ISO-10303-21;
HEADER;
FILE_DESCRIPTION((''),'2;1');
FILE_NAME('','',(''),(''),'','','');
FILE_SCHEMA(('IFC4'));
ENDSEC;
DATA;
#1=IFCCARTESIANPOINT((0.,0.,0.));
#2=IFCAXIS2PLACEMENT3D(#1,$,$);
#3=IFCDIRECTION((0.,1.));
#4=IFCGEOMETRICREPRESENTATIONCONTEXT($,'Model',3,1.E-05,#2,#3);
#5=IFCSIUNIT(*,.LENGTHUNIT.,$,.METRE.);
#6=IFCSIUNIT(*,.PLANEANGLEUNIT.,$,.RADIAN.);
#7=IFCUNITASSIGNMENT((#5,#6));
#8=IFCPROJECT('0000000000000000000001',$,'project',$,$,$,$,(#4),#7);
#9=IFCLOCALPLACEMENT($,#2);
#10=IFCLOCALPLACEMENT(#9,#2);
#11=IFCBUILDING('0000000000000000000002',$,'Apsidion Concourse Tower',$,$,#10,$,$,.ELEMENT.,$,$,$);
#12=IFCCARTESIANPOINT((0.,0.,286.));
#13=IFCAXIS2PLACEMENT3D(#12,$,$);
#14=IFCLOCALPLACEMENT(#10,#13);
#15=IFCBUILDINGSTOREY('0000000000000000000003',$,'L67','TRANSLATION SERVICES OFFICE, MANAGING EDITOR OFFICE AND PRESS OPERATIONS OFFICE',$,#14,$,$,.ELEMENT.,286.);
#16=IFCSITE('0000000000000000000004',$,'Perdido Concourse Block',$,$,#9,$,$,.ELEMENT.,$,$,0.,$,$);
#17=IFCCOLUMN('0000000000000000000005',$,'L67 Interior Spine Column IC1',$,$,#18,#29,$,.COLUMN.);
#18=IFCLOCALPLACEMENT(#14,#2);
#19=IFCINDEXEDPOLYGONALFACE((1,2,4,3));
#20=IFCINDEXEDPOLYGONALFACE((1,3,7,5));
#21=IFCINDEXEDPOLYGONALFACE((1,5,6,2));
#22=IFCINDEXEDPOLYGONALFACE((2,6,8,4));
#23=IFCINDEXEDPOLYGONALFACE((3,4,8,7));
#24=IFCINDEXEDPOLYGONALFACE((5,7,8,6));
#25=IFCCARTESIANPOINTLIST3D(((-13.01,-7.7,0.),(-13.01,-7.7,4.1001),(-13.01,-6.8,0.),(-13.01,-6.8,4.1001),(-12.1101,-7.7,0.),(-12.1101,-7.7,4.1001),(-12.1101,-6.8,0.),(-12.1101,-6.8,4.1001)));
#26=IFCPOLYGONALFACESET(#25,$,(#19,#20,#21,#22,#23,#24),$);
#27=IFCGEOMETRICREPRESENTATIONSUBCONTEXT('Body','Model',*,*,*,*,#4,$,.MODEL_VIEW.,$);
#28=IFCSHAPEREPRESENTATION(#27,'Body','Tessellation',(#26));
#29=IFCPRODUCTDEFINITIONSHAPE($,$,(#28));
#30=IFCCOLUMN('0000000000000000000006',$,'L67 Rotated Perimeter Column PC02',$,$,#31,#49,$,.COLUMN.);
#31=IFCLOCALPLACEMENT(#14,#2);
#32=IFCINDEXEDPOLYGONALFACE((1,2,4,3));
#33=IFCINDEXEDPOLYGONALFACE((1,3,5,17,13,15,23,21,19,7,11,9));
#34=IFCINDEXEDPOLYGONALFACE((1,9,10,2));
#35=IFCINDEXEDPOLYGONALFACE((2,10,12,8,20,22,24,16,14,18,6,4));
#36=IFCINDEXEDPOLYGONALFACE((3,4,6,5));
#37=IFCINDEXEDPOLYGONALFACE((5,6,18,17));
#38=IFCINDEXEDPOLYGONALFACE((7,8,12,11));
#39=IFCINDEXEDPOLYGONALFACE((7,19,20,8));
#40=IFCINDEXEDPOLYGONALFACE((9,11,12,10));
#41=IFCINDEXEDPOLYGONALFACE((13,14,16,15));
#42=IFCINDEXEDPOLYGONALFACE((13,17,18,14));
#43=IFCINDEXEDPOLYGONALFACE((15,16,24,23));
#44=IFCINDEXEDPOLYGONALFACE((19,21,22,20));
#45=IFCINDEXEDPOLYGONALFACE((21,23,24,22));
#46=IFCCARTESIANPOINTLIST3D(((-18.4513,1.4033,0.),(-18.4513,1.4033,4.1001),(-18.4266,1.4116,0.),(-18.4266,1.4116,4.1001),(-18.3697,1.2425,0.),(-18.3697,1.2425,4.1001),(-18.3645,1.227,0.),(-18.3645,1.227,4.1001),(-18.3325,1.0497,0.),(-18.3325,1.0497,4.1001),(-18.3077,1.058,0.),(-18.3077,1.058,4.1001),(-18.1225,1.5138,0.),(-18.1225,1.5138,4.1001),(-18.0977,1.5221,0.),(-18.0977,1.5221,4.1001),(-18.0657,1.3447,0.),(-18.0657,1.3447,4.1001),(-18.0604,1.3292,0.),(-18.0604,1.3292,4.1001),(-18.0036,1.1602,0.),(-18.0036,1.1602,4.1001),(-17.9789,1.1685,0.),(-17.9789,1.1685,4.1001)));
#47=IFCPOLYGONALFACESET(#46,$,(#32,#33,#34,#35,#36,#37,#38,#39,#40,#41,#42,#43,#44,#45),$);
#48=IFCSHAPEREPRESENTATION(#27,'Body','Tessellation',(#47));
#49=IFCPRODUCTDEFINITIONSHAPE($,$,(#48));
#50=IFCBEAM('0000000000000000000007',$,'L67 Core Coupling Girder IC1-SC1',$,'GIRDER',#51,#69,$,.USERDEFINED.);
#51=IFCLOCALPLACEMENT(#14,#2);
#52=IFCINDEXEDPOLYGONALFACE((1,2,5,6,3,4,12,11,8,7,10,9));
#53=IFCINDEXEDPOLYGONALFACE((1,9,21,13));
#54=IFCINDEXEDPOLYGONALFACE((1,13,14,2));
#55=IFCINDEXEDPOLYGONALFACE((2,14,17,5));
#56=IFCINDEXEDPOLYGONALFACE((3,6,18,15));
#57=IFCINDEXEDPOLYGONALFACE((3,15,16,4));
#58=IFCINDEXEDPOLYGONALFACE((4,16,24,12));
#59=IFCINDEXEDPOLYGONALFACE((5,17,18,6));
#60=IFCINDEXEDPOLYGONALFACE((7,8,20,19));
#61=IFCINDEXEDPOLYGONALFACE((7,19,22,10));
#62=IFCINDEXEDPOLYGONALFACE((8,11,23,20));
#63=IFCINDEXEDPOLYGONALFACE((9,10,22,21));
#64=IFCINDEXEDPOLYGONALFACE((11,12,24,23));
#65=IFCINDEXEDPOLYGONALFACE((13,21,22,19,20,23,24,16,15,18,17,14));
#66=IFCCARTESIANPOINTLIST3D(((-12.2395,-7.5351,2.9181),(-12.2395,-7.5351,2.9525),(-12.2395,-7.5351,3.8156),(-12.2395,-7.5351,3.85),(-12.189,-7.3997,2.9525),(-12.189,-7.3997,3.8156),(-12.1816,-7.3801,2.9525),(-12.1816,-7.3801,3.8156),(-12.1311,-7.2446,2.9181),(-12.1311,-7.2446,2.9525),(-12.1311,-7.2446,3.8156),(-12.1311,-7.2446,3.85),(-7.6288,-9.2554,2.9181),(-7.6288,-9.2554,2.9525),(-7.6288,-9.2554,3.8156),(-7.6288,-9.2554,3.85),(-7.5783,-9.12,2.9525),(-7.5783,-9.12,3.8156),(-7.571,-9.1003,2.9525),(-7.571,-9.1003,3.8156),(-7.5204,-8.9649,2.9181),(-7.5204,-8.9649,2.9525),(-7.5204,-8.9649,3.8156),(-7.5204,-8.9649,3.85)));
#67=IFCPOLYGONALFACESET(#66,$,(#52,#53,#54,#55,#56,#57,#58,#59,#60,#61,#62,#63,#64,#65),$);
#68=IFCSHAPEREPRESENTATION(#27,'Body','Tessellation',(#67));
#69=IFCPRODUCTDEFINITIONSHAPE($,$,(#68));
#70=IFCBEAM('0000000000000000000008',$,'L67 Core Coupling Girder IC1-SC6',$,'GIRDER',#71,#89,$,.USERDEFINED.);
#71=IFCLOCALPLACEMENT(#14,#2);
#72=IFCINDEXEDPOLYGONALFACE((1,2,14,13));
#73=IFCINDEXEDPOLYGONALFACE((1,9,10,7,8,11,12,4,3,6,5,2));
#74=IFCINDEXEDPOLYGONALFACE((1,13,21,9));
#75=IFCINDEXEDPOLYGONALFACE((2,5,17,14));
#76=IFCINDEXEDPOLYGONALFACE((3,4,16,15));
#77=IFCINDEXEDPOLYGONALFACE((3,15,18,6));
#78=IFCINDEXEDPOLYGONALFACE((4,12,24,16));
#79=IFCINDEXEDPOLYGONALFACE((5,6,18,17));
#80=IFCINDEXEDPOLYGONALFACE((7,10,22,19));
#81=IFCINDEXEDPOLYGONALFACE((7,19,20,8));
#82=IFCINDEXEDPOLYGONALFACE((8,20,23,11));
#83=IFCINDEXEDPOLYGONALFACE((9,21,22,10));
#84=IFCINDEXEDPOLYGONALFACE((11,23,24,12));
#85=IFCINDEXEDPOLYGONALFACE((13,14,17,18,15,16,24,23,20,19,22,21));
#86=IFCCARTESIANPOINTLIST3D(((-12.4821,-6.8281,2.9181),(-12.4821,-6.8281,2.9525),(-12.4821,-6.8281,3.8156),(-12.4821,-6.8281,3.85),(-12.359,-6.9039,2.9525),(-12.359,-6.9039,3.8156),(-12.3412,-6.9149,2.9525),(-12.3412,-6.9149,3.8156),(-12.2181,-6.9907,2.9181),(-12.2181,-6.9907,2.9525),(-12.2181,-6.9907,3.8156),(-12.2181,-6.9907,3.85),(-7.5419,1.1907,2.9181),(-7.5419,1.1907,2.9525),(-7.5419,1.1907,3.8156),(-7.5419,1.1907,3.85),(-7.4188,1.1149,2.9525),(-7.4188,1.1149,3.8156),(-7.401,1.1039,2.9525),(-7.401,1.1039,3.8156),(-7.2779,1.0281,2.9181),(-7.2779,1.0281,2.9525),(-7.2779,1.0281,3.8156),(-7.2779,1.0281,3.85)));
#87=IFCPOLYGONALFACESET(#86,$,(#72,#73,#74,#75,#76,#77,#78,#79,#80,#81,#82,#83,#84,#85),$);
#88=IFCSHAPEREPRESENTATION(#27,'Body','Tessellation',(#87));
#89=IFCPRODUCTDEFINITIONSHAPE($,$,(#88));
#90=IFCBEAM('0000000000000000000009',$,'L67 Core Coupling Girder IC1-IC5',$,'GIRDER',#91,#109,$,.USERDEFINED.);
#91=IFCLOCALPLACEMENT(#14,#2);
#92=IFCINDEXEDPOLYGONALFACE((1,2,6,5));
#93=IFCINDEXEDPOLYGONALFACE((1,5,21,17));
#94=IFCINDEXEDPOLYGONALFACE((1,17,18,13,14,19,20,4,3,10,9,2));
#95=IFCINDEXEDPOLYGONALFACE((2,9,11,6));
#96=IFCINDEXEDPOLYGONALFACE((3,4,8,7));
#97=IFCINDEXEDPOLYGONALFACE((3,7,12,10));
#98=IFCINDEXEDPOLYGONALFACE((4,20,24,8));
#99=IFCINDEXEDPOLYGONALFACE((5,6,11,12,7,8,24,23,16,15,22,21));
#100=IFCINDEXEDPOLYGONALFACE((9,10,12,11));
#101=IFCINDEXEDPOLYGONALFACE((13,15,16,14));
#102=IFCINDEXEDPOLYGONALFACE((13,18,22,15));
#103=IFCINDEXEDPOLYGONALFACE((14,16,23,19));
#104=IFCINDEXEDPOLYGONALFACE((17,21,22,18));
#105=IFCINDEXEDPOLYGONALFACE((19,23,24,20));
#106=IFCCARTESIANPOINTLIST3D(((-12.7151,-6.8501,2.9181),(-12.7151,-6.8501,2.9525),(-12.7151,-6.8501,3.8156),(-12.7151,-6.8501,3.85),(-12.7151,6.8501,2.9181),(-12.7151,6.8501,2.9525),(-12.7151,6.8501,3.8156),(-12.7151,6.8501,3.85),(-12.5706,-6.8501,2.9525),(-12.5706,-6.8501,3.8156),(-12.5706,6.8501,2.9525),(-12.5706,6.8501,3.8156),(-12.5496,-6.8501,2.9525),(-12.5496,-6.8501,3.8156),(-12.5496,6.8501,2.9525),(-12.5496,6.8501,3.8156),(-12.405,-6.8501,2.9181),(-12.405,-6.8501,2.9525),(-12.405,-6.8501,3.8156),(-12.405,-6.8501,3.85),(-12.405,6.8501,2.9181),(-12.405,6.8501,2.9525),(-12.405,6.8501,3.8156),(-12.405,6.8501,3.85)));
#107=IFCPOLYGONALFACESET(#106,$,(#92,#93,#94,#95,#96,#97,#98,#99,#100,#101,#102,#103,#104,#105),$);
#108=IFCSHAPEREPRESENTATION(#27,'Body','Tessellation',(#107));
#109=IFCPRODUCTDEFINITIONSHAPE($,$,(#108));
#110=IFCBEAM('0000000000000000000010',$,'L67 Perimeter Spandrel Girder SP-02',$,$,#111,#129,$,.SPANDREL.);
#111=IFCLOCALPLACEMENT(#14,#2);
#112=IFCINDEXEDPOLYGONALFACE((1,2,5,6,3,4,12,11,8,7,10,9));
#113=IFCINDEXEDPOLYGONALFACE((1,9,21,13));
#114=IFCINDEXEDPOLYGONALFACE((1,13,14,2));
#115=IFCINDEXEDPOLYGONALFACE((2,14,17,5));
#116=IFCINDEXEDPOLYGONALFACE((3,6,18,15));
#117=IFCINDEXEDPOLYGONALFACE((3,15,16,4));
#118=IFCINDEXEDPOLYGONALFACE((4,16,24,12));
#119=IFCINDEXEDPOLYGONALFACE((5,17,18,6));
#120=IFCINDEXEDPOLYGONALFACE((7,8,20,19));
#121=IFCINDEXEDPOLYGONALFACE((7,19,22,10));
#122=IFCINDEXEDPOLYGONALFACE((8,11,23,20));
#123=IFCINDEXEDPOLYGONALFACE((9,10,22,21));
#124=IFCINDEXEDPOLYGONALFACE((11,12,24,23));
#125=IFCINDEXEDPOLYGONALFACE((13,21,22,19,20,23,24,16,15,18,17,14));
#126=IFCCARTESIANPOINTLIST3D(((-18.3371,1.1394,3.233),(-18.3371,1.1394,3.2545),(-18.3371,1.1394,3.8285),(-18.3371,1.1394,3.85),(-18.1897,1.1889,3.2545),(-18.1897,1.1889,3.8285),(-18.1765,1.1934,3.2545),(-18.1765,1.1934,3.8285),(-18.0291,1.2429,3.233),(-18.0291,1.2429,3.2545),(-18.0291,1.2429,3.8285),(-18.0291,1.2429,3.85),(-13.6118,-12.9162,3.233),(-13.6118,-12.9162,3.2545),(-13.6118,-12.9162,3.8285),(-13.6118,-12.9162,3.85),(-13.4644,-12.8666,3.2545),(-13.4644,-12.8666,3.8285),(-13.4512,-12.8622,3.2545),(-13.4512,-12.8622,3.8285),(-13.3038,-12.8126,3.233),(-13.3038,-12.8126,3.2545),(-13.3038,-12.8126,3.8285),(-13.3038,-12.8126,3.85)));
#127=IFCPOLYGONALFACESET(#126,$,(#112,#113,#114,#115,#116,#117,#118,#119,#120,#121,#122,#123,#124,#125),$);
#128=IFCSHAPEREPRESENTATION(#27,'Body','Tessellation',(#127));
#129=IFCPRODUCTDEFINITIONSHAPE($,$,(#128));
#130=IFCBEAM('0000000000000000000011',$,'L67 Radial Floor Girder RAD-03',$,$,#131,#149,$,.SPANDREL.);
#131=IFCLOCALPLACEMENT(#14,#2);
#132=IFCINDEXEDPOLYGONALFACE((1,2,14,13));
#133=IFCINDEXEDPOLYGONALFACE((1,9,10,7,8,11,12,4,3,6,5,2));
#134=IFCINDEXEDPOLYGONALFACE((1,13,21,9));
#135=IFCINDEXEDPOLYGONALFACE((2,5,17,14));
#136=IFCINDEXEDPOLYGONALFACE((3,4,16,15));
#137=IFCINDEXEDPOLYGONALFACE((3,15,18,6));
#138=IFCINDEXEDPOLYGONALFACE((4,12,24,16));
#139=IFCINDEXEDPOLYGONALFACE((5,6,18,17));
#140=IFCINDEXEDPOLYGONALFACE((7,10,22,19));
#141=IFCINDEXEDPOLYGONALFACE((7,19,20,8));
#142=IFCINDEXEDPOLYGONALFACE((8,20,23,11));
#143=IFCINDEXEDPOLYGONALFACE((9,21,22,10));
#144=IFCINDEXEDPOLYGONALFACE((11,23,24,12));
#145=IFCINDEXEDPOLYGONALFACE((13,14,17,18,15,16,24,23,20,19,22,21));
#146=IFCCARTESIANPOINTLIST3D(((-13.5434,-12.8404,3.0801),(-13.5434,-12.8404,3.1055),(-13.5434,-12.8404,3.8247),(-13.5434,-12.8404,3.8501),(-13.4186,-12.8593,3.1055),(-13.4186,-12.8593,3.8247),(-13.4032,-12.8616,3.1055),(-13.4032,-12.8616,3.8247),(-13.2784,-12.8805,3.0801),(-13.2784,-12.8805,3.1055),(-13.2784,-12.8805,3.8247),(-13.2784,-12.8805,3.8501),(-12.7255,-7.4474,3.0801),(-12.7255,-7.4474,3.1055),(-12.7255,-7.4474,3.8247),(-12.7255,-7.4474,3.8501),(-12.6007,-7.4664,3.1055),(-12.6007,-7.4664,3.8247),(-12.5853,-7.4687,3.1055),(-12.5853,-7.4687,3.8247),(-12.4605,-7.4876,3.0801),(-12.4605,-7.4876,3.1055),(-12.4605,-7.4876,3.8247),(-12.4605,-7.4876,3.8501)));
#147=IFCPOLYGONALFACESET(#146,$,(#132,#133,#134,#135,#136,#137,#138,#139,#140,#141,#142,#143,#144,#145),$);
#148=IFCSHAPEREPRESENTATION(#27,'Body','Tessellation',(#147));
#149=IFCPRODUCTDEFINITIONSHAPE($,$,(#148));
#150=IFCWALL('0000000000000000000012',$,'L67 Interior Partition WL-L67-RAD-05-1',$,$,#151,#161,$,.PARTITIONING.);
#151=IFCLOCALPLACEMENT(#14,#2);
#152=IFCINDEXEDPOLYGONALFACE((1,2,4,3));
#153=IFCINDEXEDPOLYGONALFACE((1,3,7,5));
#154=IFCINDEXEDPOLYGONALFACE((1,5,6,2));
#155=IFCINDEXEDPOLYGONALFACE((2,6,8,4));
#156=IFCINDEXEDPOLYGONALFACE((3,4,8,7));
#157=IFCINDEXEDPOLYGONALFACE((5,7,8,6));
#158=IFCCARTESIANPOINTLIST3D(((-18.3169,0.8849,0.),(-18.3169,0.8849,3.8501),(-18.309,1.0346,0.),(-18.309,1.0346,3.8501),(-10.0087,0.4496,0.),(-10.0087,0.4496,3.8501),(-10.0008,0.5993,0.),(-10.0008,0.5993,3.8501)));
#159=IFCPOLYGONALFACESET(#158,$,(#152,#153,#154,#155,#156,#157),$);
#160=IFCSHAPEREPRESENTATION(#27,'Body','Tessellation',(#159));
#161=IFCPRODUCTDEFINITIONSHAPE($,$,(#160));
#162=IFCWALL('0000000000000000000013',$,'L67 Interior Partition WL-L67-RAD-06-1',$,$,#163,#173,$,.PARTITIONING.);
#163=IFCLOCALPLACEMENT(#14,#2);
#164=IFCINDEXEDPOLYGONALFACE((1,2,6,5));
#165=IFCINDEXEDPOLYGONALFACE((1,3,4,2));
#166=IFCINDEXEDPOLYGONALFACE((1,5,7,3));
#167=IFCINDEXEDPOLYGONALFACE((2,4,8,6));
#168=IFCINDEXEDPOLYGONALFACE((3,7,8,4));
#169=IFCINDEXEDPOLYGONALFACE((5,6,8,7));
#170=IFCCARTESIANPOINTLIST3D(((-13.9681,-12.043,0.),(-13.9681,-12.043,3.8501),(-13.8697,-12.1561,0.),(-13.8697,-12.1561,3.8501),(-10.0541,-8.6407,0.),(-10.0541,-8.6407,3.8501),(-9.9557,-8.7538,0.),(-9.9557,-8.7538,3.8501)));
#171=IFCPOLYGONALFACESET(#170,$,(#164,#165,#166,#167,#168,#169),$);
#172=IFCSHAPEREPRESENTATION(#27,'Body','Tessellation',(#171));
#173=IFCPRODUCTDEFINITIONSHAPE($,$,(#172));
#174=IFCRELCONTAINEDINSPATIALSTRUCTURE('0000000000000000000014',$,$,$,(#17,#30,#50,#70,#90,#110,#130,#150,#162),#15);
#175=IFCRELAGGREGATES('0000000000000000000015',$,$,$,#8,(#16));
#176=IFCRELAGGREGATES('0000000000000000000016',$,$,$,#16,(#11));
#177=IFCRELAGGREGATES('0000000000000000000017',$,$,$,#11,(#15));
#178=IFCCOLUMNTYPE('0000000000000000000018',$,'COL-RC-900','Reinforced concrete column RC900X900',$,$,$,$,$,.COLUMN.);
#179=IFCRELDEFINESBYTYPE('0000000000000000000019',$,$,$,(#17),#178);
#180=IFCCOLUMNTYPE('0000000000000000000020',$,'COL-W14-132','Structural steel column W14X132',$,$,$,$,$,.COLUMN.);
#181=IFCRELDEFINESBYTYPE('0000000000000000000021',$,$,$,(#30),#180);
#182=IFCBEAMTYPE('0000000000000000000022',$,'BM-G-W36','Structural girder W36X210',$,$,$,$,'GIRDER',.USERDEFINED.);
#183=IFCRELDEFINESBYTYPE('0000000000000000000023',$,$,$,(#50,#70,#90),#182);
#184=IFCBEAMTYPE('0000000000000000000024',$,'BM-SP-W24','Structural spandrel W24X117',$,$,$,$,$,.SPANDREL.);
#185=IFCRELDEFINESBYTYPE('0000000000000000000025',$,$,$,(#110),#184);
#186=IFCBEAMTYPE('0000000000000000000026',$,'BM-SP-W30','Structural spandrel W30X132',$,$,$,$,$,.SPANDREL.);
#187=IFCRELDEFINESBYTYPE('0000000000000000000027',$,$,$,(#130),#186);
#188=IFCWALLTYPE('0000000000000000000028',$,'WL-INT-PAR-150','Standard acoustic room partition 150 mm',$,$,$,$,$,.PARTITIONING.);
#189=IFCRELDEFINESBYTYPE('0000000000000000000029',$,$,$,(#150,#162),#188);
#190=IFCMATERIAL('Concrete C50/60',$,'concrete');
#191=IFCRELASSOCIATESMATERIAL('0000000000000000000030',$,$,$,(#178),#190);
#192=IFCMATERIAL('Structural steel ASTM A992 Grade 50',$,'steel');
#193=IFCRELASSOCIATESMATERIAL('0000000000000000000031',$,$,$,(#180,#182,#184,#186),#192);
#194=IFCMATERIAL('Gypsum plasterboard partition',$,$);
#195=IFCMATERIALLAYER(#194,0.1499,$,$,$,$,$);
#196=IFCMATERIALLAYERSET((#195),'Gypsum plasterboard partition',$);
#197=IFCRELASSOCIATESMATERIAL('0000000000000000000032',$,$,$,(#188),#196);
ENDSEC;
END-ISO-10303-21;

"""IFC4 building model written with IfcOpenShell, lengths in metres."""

from ifc_helpers import new_model, si_unit, direction, frame, frame_2d, origin, origin_2d, place, context, subcontext, project, spatial, rectangle, i_section, extrude, material, layer, layer_set, material_profile, profile_set, type_object, element, save


model = new_model("IFC4")

# Units and contexts
model_context = context("Model", 3, precision=1e-05, world=origin(), true_north=direction((0.0, 1.0)))
body_context = subcontext(model_context, "Body", "Model", "MODEL_VIEW")
ifc_project = project(units=[si_unit("LENGTHUNIT", "METRE"), si_unit("PLANEANGLEUNIT", "RADIAN")], contexts=[model_context])

# Site, building, storey
site_placement = place(None, origin())
site = spatial("IfcSite", under=ifc_project, at=site_placement, Name="Perdido Concourse Block", CompositionType="ELEMENT", RefElevation=0.0)
building_placement = place(site_placement, origin())
building = spatial("IfcBuilding", under=site, at=building_placement, Name="Apsidion Concourse Tower", CompositionType="ELEMENT")
storey_placement = place(building_placement, frame((0.0, 0.0, 286.0)))
storey = spatial("IfcBuildingStorey", under=building, at=storey_placement, Name="L67", Description="TRANSLATION SERVICES OFFICE, MANAGING EDITOR OFFICE AND PRESS OPERATIONS OFFICE", CompositionType="ELEMENT", Elevation=286.0)

# Columns
ifc_material_1 = material(Name="Concrete C50/60", Category="concrete")
ifc_material_profile_1 = material_profile(ifc_material_1, rectangle(XDim=0.8999, YDim=0.8999, at=origin_2d()), Name="RC 900x900")
ifc_profile_set_1 = profile_set([ifc_material_profile_1], Name="Concrete C50/60")
column_type_1 = type_object("IfcColumnType", Name="COL-RC-900", Description="Reinforced concrete column RC900X900", PredefinedType="COLUMN", material=ifc_profile_set_1)
column_1_placement = place(storey_placement, frame((-12.5601, -7.25, 0.0), z_axis=(0.0, 0.0, 1.0), x_axis=(1.0, 0.0, 0.0)))
element("IfcColumn", 1, at=column_1_placement, inside=storey, type_object=column_type_1, Name="L67 Interior Spine Column IC1", PredefinedType="COLUMN", context=body_context, shape_type="SweptSolid", body=[
    extrude(rectangle(XDim=0.8999, YDim=0.8999, at=origin_2d()), origin(), (0.0, 0.0, 1.0), 4.1001),
])
ifc_material_2 = material(Name="Structural steel ASTM A992 Grade 50", Category="steel")
ifc_material_profile_2 = material_profile(ifc_material_2, i_section(OverallWidth=0.373, OverallDepth=0.373, WebThickness=0.0164, FlangeThickness=0.0261, at=origin_2d()), Name="W14X132")
ifc_profile_set_2 = profile_set([ifc_material_profile_2], Name="Structural steel ASTM A992 Grade 50")
column_type_2 = type_object("IfcColumnType", Name="COL-W14-132", Description="Structural steel column W14X132", PredefinedType="COLUMN", material=ifc_profile_set_2)
column_2_placement = place(storey_placement, frame((-18.2151, 1.2859, 0.0), z_axis=(0.0, 0.0, 1.0), x_axis=(-0.318628, 0.94788, 0.0)))
element("IfcColumn", 2, at=column_2_placement, inside=storey, type_object=column_type_2, Name="L67 Rotated Perimeter Column PC02", PredefinedType="COLUMN", context=body_context, shape_type="SweptSolid", body=[
    extrude(i_section(OverallWidth=0.373, OverallDepth=0.373, WebThickness=0.0164, FlangeThickness=0.0261, at=origin_2d()), origin(), (0.0, 0.0, 1.0), 4.1001),
])

# Beams
ifc_material_profile_3 = material_profile(ifc_material_2, i_section(OverallWidth=0.3101, OverallDepth=0.9319, WebThickness=0.021, FlangeThickness=0.0344, at=origin_2d()), Name="W36X210")
ifc_profile_set_3 = profile_set([ifc_material_profile_3], Name="Structural steel ASTM A992 Grade 50")
beam_type_1 = type_object("IfcBeamType", Name="BM-G-W36", Description="Structural girder W36X210", ElementType="GIRDER", PredefinedType="USERDEFINED", material=ifc_profile_set_3)
beam_1_placement = place(storey_placement, frame((-12.1853, -7.3899, 3.384), z_axis=(0.936913, -0.349563, 0.0), x_axis=(0.349563, 0.936913, 0.0)))
element("IfcBeam", 3, at=beam_1_placement, inside=storey, type_object=beam_type_1, Name="L67 Core Coupling Girder IC1-SC1", ObjectType="GIRDER", PredefinedType="USERDEFINED", context=body_context, shape_type="SweptSolid", body=[
    extrude(i_section(OverallWidth=0.3101, OverallDepth=0.9319, WebThickness=0.021, FlangeThickness=0.0344, at=origin_2d()), origin(), (0.0, 0.0, 1.0), 4.9211),
])
beam_2_placement = place(storey_placement, frame((-12.3501, -6.9094, 3.384), z_axis=(0.524524, 0.851396, 0.0), x_axis=(-0.851396, 0.524524, 0.0)))
element("IfcBeam", 4, at=beam_2_placement, inside=storey, type_object=beam_type_1, Name="L67 Core Coupling Girder IC1-SC6", ObjectType="GIRDER", PredefinedType="USERDEFINED", context=body_context, shape_type="SweptSolid", body=[
    extrude(i_section(OverallWidth=0.3101, OverallDepth=0.9319, WebThickness=0.021, FlangeThickness=0.0344, at=origin_2d()), origin(), (0.0, 0.0, 1.0), 9.4185),
])
beam_3_placement = place(storey_placement, frame((-12.5601, -6.8501, 3.384), z_axis=(0.0, 1.0, 0.0), x_axis=(-1.0, 0.0, 0.0)))
element("IfcBeam", 5, at=beam_3_placement, inside=storey, type_object=beam_type_1, Name="L67 Core Coupling Girder IC1-IC5", ObjectType="GIRDER", PredefinedType="USERDEFINED", context=body_context, shape_type="SweptSolid", body=[
    extrude(i_section(OverallWidth=0.3101, OverallDepth=0.9319, WebThickness=0.021, FlangeThickness=0.0344, at=origin_2d()), origin(), (0.0, 0.0, 1.0), 13.7002),
])
ifc_material_profile_4 = material_profile(ifc_material_2, i_section(OverallWidth=0.325, OverallDepth=0.6169, WebThickness=0.0139, FlangeThickness=0.0215, at=origin_2d()), Name="W24X117")
ifc_profile_set_4 = profile_set([ifc_material_profile_4], Name="Structural steel ASTM A992 Grade 50")
beam_type_2 = type_object("IfcBeamType", Name="BM-SP-W24", Description="Structural spandrel W24X117", PredefinedType="SPANDREL", material=ifc_profile_set_4)
beam_4_placement = place(storey_placement, frame((-18.1831, 1.1912, 3.5415), z_axis=(0.318662, -0.947868, 0.0), x_axis=(0.947868, 0.318662, 0.0)))
element("IfcBeam", 6, at=beam_4_placement, inside=storey, type_object=beam_type_2, Name="L67 Perimeter Spandrel Girder SP-02", PredefinedType="SPANDREL", context=body_context, shape_type="SweptSolid", body=[
    extrude(i_section(OverallWidth=0.325, OverallDepth=0.6169, WebThickness=0.0139, FlangeThickness=0.0215, at=origin_2d()), origin(), (0.0, 0.0, 1.0), 14.8286),
])
ifc_material_profile_5 = material_profile(ifc_material_2, i_section(OverallWidth=0.2681, OverallDepth=0.77, WebThickness=0.0156, FlangeThickness=0.0254, at=origin_2d()), Name="W30X132")
ifc_profile_set_5 = profile_set([ifc_material_profile_5], Name="Structural steel ASTM A992 Grade 50")
beam_type_3 = type_object("IfcBeamType", Name="BM-SP-W30", Description="Structural spandrel W30X132", PredefinedType="SPANDREL", material=ifc_profile_set_5)
beam_5_placement = place(storey_placement, frame((-12.593, -7.4675, 3.4651), z_axis=(-0.149945, -0.988694, 0.0), x_axis=(0.988694, -0.149945, 0.0)))
element("IfcBeam", 7, at=beam_5_placement, inside=storey, type_object=beam_type_3, Name="L67 Radial Floor Girder RAD-03", PredefinedType="SPANDREL", context=body_context, shape_type="SweptSolid", body=[
    extrude(i_section(OverallWidth=0.2681, OverallDepth=0.77, WebThickness=0.0156, FlangeThickness=0.0254, at=origin_2d()), origin(), (0.0, 0.0, 1.0), 5.4546),
])

# Walls
ifc_material_3 = material(Name="Gypsum plasterboard partition")
ifc_layer = layer(ifc_material_3, 0.1499)
ifc_layer_set = layer_set([ifc_layer], Name="Gypsum plasterboard partition")
wall_type = type_object("IfcWallType", Name="WL-INT-PAR-150", Description="Standard acoustic room partition 150 mm", PredefinedType="PARTITIONING", material=ifc_layer_set)
wall_1_placement = place(storey_placement, frame((-10.0049, 0.5244, 0.0), z_axis=(0.0, 0.0, 1.0), x_axis=(-0.99863, 0.052323, 0.0)))
element("IfcWall", 8, at=wall_1_placement, inside=storey, type_object=wall_type, Name="L67 Interior Partition WL-L67-RAD-05-1", PredefinedType="PARTITIONING", context=body_context, shape_type="SweptSolid", body=[
    extrude(rectangle(XDim=8.3196, YDim=0.1499, at=frame_2d((4.1597, 0.0))), origin(), (0.0, 0.0, 1.0), 3.8501),
])
wall_2_placement = place(storey_placement, frame((-10.0049, -8.6973, 0.0), z_axis=(0.0, 0.0, 1.0), x_axis=(-0.754719, -0.656048, 0.0)))
element("IfcWall", 9, at=wall_2_placement, inside=storey, type_object=wall_type, Name="L67 Interior Partition WL-L67-RAD-06-1", PredefinedType="PARTITIONING", context=body_context, shape_type="SweptSolid", body=[
    extrude(rectangle(XDim=5.186, YDim=0.1499, at=frame_2d((2.593, 0.0))), origin(), (0.0, 0.0, 1.0), 3.8501),
])

save(model, "model.ifc")
